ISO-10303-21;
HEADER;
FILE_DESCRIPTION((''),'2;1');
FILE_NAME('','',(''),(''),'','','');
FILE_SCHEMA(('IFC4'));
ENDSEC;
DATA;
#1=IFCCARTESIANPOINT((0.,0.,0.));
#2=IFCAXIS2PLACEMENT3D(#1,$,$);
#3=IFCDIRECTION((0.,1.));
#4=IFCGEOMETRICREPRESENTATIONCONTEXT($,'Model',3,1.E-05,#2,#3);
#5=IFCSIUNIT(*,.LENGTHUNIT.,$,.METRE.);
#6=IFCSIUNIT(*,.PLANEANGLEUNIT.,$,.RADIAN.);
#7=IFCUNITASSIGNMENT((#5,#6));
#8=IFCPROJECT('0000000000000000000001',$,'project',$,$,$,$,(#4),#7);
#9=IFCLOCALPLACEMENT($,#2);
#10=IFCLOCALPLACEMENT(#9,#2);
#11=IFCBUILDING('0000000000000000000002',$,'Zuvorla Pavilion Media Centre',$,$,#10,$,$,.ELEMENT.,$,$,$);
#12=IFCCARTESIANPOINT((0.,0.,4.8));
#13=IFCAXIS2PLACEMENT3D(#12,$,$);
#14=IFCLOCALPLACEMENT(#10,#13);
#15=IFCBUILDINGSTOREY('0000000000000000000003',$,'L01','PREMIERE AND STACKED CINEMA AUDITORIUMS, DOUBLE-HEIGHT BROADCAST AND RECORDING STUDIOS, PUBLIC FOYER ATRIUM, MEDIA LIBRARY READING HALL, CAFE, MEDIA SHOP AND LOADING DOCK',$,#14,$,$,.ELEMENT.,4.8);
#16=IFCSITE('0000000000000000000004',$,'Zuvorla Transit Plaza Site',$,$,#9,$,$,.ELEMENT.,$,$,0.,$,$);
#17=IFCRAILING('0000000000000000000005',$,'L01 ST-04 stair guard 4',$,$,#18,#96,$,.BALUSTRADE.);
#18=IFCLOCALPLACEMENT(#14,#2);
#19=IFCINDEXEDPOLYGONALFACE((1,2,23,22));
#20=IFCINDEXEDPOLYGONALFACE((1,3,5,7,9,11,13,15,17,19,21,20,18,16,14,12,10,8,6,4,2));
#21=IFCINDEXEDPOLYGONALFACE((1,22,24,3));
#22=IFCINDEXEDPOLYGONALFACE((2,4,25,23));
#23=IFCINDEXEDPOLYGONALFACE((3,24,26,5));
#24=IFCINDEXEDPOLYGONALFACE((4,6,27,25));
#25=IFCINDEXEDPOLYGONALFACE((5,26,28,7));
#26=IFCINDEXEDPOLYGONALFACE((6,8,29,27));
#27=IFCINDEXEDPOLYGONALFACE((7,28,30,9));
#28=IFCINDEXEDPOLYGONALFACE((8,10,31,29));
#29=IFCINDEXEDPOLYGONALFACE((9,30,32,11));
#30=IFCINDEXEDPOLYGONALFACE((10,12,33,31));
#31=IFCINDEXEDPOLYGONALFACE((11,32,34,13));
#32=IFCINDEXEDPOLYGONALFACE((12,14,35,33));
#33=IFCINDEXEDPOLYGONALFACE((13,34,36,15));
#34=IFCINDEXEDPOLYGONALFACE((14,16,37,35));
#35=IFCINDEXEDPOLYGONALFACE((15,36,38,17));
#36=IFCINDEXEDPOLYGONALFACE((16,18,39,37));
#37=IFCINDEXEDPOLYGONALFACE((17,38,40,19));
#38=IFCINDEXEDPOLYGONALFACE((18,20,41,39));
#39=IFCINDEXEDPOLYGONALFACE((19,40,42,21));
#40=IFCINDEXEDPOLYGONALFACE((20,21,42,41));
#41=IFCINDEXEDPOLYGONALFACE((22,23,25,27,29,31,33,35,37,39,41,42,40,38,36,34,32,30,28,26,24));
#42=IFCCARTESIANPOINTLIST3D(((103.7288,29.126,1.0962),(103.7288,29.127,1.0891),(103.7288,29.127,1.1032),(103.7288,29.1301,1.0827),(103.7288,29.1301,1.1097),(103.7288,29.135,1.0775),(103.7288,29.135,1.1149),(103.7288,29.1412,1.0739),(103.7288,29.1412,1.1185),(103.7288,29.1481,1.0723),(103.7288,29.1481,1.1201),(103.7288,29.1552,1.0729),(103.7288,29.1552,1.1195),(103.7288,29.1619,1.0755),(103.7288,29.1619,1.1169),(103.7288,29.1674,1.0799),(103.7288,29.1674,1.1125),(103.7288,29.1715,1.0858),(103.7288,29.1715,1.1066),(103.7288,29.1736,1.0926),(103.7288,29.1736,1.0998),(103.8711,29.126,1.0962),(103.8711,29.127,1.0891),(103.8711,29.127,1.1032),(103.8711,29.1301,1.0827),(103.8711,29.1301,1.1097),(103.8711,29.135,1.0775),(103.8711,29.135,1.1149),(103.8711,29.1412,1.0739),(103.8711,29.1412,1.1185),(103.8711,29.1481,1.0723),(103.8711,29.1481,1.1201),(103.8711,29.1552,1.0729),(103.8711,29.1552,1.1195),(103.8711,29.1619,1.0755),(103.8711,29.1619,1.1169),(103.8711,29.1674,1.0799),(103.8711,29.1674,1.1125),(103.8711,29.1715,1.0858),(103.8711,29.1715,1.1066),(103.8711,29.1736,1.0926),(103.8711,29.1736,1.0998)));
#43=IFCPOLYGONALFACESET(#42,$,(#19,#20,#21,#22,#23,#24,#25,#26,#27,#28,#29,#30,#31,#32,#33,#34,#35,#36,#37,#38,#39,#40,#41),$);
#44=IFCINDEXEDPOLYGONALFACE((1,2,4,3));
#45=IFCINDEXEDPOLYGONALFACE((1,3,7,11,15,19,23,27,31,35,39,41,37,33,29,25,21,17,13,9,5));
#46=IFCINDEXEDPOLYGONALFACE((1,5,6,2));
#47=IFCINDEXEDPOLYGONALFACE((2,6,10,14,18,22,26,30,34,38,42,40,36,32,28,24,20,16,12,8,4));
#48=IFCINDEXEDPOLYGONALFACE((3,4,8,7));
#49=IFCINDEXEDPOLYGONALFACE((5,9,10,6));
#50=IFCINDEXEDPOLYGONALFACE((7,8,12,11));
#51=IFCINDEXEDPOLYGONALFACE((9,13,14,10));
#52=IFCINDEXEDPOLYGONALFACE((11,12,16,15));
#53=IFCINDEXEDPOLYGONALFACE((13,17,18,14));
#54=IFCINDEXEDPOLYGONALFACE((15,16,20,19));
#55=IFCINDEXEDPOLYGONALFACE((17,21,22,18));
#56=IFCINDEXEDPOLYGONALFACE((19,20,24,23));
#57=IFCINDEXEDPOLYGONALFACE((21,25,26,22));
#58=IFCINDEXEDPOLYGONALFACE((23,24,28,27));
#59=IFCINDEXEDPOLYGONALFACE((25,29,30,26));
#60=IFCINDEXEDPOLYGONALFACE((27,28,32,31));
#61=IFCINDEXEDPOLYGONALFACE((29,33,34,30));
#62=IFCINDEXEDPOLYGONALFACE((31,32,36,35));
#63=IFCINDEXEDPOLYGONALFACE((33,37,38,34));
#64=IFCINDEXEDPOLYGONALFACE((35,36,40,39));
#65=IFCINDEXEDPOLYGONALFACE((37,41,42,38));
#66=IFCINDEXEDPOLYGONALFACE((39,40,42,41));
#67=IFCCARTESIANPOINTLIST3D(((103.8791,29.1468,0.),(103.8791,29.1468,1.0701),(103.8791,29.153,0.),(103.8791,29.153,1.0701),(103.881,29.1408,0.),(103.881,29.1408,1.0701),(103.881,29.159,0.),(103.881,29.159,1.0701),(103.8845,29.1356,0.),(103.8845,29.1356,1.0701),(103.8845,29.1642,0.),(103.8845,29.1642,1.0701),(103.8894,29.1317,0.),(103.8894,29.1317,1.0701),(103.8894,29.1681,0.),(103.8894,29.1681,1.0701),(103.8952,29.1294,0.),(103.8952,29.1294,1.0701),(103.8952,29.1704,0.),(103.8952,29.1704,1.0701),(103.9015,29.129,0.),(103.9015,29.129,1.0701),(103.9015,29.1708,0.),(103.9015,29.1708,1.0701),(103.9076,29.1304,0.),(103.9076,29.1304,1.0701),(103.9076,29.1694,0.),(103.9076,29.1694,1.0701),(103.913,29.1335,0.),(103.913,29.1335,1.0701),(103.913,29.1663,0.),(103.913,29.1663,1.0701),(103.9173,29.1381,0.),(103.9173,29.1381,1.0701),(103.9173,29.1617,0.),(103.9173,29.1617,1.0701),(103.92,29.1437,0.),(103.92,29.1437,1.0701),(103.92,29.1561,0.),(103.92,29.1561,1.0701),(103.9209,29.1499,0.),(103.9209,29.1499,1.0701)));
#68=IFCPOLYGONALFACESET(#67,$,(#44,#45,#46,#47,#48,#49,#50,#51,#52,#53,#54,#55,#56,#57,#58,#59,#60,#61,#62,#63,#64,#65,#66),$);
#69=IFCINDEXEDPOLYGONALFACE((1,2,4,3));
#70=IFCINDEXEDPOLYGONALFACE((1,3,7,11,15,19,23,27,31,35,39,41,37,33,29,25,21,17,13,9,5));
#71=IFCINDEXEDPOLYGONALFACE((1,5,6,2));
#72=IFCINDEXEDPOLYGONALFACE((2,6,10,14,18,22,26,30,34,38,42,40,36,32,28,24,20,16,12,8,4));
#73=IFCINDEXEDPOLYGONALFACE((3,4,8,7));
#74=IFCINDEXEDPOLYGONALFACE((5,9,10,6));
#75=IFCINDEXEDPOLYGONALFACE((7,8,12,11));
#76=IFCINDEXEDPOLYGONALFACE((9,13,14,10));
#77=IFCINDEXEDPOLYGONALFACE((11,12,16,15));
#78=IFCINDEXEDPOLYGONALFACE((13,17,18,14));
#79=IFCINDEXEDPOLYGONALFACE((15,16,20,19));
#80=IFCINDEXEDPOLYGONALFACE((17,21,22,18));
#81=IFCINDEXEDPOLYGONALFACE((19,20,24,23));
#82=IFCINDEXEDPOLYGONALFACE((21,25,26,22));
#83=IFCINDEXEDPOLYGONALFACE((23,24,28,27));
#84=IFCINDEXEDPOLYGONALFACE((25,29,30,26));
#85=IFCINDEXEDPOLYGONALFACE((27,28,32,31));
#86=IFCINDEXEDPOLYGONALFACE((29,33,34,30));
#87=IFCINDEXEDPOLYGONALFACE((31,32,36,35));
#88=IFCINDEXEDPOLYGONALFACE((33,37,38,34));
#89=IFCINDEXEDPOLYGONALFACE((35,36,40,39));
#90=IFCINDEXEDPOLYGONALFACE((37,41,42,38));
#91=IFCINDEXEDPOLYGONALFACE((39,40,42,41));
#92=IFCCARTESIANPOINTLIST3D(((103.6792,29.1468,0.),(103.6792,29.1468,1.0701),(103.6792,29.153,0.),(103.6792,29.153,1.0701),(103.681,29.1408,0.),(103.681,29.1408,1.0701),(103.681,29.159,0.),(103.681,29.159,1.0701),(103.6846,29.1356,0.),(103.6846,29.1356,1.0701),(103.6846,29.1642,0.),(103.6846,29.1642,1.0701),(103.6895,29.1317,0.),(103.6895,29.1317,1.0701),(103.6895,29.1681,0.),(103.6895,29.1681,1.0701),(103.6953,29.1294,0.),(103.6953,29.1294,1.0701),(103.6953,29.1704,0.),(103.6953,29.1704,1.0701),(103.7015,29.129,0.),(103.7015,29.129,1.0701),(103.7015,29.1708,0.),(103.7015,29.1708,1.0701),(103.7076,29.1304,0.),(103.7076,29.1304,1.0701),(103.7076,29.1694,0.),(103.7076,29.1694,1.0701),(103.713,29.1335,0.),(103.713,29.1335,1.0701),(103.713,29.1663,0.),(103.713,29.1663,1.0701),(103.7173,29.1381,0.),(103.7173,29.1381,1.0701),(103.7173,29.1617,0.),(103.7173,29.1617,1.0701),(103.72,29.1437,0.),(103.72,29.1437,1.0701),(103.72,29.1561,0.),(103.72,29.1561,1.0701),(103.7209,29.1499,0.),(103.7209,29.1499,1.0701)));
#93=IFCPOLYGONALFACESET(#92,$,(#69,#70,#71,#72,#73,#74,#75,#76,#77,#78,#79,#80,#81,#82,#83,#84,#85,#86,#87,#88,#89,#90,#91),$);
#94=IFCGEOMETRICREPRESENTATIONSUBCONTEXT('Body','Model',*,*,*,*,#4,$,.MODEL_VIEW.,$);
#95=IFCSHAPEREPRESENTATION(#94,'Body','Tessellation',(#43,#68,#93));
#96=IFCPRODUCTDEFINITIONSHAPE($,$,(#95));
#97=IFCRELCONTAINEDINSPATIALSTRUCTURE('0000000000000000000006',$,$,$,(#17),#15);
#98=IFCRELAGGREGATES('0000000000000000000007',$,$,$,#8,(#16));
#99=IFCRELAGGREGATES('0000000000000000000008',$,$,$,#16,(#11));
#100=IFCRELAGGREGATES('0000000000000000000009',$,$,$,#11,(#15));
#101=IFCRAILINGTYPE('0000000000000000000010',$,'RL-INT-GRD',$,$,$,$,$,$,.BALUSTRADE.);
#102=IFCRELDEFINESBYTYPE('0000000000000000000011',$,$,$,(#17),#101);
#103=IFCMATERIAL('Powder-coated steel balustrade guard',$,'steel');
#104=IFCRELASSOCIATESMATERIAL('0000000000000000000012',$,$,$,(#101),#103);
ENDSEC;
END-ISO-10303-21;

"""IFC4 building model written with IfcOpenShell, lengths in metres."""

from ifc_helpers import new_model, si_unit, direction, frame, origin, origin_2d, place, context, subcontext, project, spatial, circle, extrude, material, type_object, element, save


model = new_model("IFC4")

# Units and contexts
model_context = context("Model", 3, precision=1e-05, world=origin(), true_north=direction((0.0, 1.0)))
body_context = subcontext(model_context, "Body", "Model", "MODEL_VIEW")
ifc_project = project(units=[si_unit("LENGTHUNIT", "METRE"), si_unit("PLANEANGLEUNIT", "RADIAN")], contexts=[model_context])

# Site, building, storey
site_placement = place(None, origin())
site = spatial("IfcSite", under=ifc_project, at=site_placement, Name="Zuvorla Transit Plaza Site", CompositionType="ELEMENT", RefElevation=0.0)
building_placement = place(site_placement, origin())
building = spatial("IfcBuilding", under=site, at=building_placement, Name="Zuvorla Pavilion Media Centre", CompositionType="ELEMENT")
storey_placement = place(building_placement, frame((0.0, 0.0, 4.8)))
storey = spatial("IfcBuildingStorey", under=building, at=storey_placement, Name="L01", Description="PREMIERE AND STACKED CINEMA AUDITORIUMS, DOUBLE-HEIGHT BROADCAST AND RECORDING STUDIOS, PUBLIC FOYER ATRIUM, MEDIA LIBRARY READING HALL, CAFE, MEDIA SHOP AND LOADING DOCK", CompositionType="ELEMENT", Elevation=4.8)

# Railing
ifc_material_1 = material(Name="Powder-coated steel balustrade guard", Category="steel")
railing_type_1 = type_object("IfcRailingType", Name="RL-INT-GRD", PredefinedType="BALUSTRADE", material=ifc_material_1)
railing_1_placement = place(storey_placement, frame((103.8999, 29.1499, 0.0)))
element("IfcRailing", 1, at=railing_1_placement, inside=storey, type_object=railing_type_1, Name="L01 ST-04 stair guard 4", PredefinedType="BALUSTRADE", context=body_context, shape_type="SweptSolid", body=[
    extrude(circle(Radius=0.0239, at=origin_2d()), frame((-0.0288, 0.0, 1.0962), z_axis=(-1.0, 0.0, 0.0), x_axis=(0.0, -1.0, 0.0)), (0.0, 0.0, 1.0), 0.1423),
    extrude(circle(Radius=0.021, at=origin_2d()), origin(), (0.0, 0.0, 1.0), 1.0701),
    extrude(circle(Radius=0.021, at=origin_2d()), frame((-0.2, 0.0, 0.0)), (0.0, 0.0, 1.0), 1.0701),
])

save(model, "model.ifc")
